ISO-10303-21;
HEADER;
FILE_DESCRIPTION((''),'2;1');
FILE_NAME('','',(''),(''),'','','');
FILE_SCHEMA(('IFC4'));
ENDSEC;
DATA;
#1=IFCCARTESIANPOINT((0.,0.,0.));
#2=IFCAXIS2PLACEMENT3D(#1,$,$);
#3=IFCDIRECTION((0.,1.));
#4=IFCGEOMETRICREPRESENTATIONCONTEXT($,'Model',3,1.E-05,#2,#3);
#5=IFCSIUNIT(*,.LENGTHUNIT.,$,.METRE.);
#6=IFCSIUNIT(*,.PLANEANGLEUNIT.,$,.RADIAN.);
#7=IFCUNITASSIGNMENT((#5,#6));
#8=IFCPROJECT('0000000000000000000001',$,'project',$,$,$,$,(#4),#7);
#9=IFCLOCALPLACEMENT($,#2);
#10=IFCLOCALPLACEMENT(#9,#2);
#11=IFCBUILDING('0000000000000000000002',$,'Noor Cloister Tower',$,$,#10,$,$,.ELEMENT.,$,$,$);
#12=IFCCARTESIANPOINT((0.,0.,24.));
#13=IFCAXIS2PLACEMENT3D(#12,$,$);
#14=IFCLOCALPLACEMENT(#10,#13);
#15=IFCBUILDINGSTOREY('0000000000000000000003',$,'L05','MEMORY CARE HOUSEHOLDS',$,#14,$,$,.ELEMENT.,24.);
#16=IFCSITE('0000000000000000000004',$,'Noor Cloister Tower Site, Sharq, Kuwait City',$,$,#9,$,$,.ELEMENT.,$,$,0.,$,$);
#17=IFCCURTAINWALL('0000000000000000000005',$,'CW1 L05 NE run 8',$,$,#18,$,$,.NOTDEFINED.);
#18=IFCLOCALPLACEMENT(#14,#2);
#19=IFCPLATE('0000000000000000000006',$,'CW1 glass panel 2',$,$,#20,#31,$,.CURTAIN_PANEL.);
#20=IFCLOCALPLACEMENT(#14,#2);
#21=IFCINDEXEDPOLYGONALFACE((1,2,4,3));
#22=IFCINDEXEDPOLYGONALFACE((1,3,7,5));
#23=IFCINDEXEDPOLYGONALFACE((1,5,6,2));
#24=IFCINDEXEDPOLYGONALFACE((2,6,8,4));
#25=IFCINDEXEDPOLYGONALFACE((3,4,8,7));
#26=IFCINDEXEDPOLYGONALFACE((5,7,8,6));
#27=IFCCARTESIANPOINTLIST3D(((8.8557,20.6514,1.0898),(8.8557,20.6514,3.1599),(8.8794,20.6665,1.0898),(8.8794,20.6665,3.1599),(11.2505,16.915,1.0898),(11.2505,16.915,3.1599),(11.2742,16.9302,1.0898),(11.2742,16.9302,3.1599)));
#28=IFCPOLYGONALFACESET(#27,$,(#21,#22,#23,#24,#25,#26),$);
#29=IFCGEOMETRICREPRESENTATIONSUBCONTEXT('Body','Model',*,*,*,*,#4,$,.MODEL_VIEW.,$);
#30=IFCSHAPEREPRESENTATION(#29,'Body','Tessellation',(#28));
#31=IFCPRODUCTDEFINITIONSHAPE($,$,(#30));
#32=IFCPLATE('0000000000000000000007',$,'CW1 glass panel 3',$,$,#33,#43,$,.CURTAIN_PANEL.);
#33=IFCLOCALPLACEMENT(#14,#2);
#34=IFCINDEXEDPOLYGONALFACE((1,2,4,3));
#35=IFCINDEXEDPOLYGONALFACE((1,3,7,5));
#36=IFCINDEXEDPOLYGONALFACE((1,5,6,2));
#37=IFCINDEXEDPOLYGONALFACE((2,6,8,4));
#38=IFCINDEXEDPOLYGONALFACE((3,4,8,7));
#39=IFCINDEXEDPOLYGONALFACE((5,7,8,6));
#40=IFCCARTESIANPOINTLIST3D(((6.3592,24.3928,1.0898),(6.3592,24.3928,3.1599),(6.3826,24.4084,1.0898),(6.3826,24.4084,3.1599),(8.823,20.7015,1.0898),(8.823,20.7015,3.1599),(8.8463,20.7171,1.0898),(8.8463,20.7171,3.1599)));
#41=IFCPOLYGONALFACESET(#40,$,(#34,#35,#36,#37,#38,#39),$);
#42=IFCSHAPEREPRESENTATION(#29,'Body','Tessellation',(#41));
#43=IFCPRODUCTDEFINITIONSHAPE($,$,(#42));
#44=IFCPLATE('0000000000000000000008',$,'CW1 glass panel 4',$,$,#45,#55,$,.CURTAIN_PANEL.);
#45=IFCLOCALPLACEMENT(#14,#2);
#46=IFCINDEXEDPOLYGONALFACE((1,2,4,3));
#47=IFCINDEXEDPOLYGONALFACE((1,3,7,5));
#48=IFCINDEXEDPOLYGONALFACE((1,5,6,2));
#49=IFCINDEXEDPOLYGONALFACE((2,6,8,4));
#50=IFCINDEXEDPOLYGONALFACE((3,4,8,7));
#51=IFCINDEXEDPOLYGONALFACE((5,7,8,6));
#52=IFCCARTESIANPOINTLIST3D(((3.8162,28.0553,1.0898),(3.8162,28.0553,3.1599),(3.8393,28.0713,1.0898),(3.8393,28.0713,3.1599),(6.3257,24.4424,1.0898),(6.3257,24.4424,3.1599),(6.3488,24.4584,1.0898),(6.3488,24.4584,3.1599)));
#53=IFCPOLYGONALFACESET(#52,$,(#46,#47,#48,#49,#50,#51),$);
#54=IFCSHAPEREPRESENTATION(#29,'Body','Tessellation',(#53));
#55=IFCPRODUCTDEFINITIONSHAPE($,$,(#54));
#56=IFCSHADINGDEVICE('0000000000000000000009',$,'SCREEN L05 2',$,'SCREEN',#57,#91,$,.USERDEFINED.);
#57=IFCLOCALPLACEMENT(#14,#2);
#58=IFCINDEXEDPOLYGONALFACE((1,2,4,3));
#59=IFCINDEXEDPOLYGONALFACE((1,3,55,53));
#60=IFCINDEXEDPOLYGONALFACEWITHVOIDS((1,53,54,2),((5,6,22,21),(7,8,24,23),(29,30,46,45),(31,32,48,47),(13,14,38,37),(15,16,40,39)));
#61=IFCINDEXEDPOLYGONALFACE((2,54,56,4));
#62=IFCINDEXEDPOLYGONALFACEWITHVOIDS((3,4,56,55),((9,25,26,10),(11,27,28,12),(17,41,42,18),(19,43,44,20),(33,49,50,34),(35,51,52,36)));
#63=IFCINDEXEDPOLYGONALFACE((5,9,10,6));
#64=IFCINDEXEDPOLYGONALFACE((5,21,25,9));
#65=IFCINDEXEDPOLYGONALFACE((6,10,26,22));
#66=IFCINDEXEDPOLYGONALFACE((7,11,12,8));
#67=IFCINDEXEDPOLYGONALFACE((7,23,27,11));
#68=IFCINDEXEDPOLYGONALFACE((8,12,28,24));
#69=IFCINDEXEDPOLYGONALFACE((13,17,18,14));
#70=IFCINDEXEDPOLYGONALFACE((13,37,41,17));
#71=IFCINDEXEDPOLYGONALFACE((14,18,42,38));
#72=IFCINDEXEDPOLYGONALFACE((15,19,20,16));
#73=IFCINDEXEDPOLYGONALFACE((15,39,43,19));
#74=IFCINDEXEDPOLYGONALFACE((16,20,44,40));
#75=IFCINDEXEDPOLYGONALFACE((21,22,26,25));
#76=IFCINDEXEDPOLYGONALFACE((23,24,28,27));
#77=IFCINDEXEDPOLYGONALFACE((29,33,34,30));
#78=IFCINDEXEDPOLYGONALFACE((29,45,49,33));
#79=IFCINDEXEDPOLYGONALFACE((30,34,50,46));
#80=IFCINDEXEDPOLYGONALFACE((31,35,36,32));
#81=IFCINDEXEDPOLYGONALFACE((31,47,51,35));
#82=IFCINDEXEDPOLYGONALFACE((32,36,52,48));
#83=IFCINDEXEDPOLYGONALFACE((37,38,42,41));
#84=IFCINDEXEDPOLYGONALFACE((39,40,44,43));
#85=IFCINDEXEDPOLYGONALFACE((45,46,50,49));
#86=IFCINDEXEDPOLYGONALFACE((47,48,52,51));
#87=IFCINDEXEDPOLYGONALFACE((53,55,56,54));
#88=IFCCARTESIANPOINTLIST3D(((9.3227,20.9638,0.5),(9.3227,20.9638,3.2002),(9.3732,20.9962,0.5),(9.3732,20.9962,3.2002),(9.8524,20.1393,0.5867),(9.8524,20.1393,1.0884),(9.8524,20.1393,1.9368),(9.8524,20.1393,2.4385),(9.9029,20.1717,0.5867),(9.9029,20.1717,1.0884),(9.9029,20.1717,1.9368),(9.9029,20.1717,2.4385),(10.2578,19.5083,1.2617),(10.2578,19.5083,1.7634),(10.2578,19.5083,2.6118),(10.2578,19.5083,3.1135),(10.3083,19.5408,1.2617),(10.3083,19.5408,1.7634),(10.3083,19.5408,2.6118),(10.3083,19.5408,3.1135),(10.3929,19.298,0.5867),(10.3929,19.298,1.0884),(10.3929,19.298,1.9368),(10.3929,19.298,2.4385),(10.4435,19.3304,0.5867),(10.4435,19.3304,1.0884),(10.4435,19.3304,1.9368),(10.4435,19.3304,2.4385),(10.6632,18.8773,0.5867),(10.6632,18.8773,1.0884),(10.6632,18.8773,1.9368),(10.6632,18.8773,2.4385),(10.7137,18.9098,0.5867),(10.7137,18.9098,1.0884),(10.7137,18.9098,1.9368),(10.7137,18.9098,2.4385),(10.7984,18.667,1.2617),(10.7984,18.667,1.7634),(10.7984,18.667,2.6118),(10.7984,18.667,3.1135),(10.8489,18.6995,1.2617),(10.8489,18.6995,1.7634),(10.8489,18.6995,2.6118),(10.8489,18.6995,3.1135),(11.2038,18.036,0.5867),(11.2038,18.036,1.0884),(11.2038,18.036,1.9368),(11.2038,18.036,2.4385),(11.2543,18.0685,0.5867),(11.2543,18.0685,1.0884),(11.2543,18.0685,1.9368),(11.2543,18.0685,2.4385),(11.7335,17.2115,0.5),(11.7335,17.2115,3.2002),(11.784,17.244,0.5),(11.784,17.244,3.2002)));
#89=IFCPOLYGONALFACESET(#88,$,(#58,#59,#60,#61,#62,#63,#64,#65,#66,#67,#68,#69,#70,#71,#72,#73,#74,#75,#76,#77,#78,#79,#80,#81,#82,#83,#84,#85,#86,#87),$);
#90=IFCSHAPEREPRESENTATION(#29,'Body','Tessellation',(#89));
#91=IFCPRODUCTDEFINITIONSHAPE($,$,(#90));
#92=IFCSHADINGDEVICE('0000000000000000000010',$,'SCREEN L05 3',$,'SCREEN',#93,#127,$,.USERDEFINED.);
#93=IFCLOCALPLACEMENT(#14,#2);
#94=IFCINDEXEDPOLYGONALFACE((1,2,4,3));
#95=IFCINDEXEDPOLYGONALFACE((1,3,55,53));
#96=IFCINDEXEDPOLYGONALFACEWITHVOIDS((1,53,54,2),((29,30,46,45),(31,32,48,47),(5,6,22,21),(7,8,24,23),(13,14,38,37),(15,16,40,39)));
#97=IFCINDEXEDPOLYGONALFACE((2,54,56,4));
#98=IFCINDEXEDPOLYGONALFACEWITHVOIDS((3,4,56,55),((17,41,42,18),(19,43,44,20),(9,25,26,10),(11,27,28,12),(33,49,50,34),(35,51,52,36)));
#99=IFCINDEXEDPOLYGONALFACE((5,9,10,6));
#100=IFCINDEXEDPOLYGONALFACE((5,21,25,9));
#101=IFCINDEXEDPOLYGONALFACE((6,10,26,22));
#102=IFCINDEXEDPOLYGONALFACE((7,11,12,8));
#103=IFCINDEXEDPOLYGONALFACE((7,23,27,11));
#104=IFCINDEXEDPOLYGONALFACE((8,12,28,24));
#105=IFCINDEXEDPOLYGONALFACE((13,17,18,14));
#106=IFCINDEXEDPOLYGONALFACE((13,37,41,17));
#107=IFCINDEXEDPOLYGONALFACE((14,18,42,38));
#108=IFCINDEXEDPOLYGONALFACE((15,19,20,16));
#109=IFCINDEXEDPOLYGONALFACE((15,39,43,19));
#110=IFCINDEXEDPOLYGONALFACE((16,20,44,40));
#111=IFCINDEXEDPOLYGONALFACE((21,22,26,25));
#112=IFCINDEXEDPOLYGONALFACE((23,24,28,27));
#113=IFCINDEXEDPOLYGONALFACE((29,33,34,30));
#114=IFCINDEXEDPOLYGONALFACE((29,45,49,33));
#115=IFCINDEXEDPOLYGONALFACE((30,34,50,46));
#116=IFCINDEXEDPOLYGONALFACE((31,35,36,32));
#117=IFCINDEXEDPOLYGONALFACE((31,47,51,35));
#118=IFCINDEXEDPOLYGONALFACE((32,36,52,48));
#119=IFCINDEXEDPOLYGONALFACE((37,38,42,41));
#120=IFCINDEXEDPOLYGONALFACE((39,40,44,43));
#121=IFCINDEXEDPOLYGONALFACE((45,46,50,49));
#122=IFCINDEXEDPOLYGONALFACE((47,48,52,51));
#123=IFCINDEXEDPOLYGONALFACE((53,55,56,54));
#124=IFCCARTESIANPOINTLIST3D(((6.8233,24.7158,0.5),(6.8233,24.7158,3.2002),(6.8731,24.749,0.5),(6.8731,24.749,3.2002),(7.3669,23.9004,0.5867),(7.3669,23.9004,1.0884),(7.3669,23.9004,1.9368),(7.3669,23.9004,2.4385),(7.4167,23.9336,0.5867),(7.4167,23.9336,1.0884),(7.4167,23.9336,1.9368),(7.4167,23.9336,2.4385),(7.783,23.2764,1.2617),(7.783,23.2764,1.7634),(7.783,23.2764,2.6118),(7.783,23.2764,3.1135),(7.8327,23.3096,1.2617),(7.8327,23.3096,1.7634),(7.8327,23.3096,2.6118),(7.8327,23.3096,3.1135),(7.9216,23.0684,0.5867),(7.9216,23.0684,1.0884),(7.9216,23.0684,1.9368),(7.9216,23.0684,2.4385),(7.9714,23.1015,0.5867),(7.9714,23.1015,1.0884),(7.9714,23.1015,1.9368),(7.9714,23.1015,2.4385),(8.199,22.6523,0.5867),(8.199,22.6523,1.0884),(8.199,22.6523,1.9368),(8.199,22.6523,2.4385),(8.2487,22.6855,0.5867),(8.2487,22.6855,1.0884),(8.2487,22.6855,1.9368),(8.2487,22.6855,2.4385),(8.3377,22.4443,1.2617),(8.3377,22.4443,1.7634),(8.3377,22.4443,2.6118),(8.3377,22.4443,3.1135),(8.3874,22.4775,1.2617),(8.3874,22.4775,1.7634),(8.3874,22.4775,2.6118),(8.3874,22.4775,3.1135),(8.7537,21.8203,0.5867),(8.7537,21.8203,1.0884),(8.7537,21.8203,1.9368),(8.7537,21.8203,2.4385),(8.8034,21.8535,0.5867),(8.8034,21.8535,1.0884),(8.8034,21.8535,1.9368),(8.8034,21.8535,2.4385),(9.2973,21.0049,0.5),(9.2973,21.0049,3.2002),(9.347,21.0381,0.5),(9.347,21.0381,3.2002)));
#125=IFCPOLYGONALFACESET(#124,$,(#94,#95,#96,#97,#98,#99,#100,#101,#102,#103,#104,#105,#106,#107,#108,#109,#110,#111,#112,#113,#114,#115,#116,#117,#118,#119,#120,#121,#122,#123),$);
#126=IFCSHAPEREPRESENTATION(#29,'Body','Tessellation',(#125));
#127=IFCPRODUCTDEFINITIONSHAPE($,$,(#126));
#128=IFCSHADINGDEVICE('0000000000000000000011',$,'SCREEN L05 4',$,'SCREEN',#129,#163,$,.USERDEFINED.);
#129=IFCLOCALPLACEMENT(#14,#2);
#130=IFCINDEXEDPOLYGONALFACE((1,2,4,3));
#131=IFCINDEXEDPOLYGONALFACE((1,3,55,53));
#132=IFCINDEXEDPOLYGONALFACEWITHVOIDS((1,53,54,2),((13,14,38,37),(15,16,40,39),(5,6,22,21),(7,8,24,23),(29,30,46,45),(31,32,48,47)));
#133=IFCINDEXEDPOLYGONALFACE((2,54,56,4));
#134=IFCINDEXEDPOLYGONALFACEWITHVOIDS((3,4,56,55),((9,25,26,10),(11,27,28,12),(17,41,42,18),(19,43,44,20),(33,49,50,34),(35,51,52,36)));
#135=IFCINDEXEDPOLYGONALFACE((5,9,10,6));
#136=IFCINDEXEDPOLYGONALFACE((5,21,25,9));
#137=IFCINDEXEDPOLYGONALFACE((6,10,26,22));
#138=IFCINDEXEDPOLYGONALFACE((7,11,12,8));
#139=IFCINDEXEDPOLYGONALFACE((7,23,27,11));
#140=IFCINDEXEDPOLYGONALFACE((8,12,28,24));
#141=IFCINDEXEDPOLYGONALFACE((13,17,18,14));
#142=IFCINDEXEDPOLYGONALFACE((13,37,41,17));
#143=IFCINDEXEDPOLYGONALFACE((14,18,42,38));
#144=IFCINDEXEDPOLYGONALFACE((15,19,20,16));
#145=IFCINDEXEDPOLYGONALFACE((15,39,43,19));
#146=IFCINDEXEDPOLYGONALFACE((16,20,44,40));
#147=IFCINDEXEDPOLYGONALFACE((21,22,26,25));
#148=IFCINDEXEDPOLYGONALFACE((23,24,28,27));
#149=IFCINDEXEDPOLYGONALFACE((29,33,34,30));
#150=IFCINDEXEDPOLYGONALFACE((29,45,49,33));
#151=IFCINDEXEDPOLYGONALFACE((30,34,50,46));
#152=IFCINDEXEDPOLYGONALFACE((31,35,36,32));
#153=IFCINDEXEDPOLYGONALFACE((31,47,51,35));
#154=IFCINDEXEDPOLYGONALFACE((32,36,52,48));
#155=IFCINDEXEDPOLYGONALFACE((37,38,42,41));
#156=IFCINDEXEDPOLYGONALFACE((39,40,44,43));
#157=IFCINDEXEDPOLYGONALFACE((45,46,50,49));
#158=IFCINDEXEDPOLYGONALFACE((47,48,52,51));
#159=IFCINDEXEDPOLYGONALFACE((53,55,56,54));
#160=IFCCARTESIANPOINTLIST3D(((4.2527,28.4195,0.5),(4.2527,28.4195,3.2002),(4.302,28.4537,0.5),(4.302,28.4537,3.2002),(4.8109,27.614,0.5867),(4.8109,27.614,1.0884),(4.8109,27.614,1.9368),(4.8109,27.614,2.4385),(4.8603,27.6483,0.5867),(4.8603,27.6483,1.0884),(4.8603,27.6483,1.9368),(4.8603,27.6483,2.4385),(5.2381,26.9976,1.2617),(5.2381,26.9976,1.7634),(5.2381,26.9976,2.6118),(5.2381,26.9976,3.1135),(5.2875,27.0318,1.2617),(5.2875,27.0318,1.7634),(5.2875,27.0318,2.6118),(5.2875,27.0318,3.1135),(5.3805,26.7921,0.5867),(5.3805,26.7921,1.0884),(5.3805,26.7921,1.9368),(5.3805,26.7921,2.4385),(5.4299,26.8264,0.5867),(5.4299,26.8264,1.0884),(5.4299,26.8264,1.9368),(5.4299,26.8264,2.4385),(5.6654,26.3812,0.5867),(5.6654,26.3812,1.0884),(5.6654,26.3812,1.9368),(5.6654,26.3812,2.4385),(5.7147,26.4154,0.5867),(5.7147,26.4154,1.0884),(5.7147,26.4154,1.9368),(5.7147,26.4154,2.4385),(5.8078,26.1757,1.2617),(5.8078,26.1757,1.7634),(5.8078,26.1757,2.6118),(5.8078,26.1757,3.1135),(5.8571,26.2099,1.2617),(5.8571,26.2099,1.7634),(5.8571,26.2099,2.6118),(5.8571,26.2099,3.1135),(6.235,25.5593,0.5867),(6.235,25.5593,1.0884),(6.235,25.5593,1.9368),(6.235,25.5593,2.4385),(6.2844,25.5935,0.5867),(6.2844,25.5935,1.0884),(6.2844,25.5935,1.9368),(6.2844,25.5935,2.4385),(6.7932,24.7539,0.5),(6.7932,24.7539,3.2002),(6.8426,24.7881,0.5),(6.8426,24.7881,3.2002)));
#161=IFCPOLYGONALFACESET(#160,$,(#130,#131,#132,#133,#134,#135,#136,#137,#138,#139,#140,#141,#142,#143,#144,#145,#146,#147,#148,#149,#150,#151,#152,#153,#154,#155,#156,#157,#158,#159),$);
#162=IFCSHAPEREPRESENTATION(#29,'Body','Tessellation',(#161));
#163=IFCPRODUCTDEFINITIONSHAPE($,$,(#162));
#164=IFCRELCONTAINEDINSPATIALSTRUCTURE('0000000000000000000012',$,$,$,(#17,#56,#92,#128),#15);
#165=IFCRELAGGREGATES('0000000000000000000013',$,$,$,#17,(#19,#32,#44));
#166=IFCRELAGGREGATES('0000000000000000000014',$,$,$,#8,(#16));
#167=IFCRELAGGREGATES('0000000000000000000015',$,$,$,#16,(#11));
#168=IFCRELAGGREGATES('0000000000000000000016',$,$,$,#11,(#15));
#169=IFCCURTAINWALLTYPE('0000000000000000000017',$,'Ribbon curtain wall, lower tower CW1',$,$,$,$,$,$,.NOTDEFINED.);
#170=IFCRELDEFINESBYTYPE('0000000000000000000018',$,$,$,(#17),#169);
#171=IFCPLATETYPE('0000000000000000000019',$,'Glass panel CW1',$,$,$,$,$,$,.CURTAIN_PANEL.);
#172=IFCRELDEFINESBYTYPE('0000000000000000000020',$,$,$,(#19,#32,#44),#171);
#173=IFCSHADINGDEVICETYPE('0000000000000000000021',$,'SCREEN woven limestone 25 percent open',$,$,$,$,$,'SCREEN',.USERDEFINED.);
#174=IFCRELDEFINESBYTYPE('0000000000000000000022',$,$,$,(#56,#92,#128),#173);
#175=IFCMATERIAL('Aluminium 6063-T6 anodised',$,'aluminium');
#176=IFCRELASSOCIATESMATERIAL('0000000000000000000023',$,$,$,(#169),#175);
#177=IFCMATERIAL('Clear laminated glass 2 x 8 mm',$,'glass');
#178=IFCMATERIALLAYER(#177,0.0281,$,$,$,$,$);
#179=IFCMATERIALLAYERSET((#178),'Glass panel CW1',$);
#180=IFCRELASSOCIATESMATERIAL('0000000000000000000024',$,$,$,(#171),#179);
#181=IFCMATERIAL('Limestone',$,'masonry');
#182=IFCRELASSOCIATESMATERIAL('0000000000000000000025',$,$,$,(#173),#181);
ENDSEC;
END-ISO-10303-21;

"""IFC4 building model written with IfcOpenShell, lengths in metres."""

from ifc_helpers import new_model, si_unit, direction, frame, origin, origin_2d, place, context, subcontext, project, spatial, polyline, rectangle, outline, extrude, material, layer, layer_set, material_profile, profile_set, type_object, element, aggregate, save


model = new_model("IFC4")

# Units and contexts
model_context = context("Model", 3, precision=1e-05, world=origin(), true_north=direction((0.0, 1.0)))
body_context = subcontext(model_context, "Body", "Model", "MODEL_VIEW")
ifc_project = project(units=[si_unit("LENGTHUNIT", "METRE"), si_unit("PLANEANGLEUNIT", "RADIAN")], contexts=[model_context])

# Site, building, storey
site_placement = place(None, origin())
site = spatial("IfcSite", under=ifc_project, at=site_placement, Name="Noor Cloister Tower Site, Sharq, Kuwait City", CompositionType="ELEMENT", RefElevation=0.0)
building_placement = place(site_placement, origin())
building = spatial("IfcBuilding", under=site, at=building_placement, Name="Noor Cloister Tower", CompositionType="ELEMENT")
storey_placement = place(building_placement, frame((0.0, 0.0, 24.0)))
storey = spatial("IfcBuildingStorey", under=building, at=storey_placement, Name="L05", Description="MEMORY CARE HOUSEHOLDS", CompositionType="ELEMENT", Elevation=24.0)

# Curtain wall
ifc_material_1 = material(Name="Aluminium 6063-T6 anodised", Category="aluminium")
curtain_wall_type = type_object("IfcCurtainWallType", Name="Ribbon curtain wall, lower tower CW1", PredefinedType="NOTDEFINED", material=ifc_material_1)
curtain_wall_placement = place(storey_placement, origin())
curtain_wall = element("IfcCurtainWall", 1, at=curtain_wall_placement, inside=storey, type_object=curtain_wall_type, Name="CW1 L05 NE run 8", PredefinedType="NOTDEFINED")

# Plates
ifc_material_2 = material(Name="Clear laminated glass 2 x 8 mm", Category="glass")
ifc_layer = layer(ifc_material_2, 0.0281)
ifc_layer_set = layer_set([ifc_layer], Name="Glass panel CW1")
plate_type = type_object("IfcPlateType", Name="Glass panel CW1", PredefinedType="CURTAIN_PANEL", material=ifc_layer_set)
plate_1_placement = place(storey_placement, frame((10.0649, 18.7908, 1.0898), z_axis=(0.0, 0.0, 1.0), x_axis=(-0.539618, 0.84191, 0.0)))
plate_1 = element("IfcPlate", 2, at=plate_1_placement, type_object=plate_type, Name="CW1 glass panel 2", PredefinedType="CURTAIN_PANEL", context=body_context, shape_type="SweptSolid", body=[
    extrude(rectangle(XDim=4.438, YDim=0.0281, at=origin_2d()), origin(), (0.0, 0.0, 1.0), 2.0701),
])
plate_2_placement = place(storey_placement, frame((7.6028, 22.5549, 1.0898), z_axis=(0.0, 0.0, 1.0), x_axis=(-0.555145, 0.831754, 0.0)))
plate_2 = element("IfcPlate", 3, at=plate_2_placement, type_object=plate_type, Name="CW1 glass panel 3", PredefinedType="CURTAIN_PANEL", context=body_context, shape_type="SweptSolid", body=[
    extrude(rectangle(XDim=4.438, YDim=0.0281, at=origin_2d()), origin(), (0.0, 0.0, 1.0), 2.0701),
])
plate_3_placement = place(storey_placement, frame((5.0825, 26.2568, 1.0898), z_axis=(0.0, 0.0, 1.0), x_axis=(-0.570481, 0.821311, 0.0)))
plate_3 = element("IfcPlate", 4, at=plate_3_placement, type_object=plate_type, Name="CW1 glass panel 4", PredefinedType="CURTAIN_PANEL", context=body_context, shape_type="SweptSolid", body=[
    extrude(rectangle(XDim=4.3989, YDim=0.0281, at=origin_2d()), origin(), (0.0, 0.0, 1.0), 2.0701),
])
aggregate(curtain_wall, [plate_1, plate_2, plate_3])

# Shading devices
ifc_material_3 = material(Name="Limestone", Category="masonry")
ifc_material_profile_1 = material_profile(ifc_material_3, outline(polyline([(-2.23, -1.3501), (2.23, -1.3501), (2.23, 1.3501), (-2.23, 1.3501), (-2.23, -1.3501)]), holes=[polyline([(-1.25, -1.2634), (-0.25, -1.2634), (-0.25, -0.7617), (-1.25, -0.7617), (-1.25, -1.2634)]), polyline([(0.25, -1.2634), (1.25, -1.2634), (1.25, -0.7617), (0.25, -0.7617), (0.25, -1.2634)]), polyline([(-0.5, -0.5884), (0.5, -0.5884), (0.5, -0.0867), (-0.5, -0.0867), (-0.5, -0.5884)]), polyline([(-1.25, 0.0867), (-0.25, 0.0867), (-0.25, 0.5884), (-1.25, 0.5884), (-1.25, 0.0867)]), polyline([(0.25, 0.0867), (1.25, 0.0867), (1.25, 0.5884), (0.25, 0.5884), (0.25, 0.0867)]), polyline([(-0.5, 0.7617), (0.5, 0.7617), (0.5, 1.2634), (-0.5, 1.2634), (-0.5, 0.7617)])]), Name="Woven screen 25 percent open")
ifc_profile_set_1 = profile_set([ifc_material_profile_1], Name="Limestone")
shading_device_type = type_object("IfcShadingDeviceType", Name="SCREEN woven limestone 25 percent open", ElementType="SCREEN", PredefinedType="USERDEFINED", material=ifc_profile_set_1)
shading_device_1_placement = place(storey_placement, frame((10.5281, 19.0876, 1.8501), z_axis=(0.841311, 0.540552, 0.0), x_axis=(-0.540552, 0.841311, 0.0)))
element("IfcShadingDevice", 5, at=shading_device_1_placement, inside=storey, type_object=shading_device_type, Name="SCREEN L05 2", ObjectType="SCREEN", PredefinedType="USERDEFINED", context=body_context, shape_type="SweptSolid", body=[
    extrude(outline(polyline([(-2.23, -1.3501), (2.23, -1.3501), (2.23, 1.3501), (-2.23, 1.3501), (-2.23, -1.3501)]), holes=[polyline([(-1.25, -1.2634), (-0.25, -1.2634), (-0.25, -0.7617), (-1.25, -0.7617), (-1.25, -1.2634)]), polyline([(0.25, -1.2634), (1.25, -1.2634), (1.25, -0.7617), (0.25, -0.7617), (0.25, -1.2634)]), polyline([(-0.5, -0.5884), (0.5, -0.5884), (0.5, -0.0867), (-0.5, -0.0867), (-0.5, -0.5884)]), polyline([(-1.25, 0.0867), (-0.25, 0.0867), (-0.25, 0.5884), (-1.25, 0.5884), (-1.25, 0.0867)]), polyline([(0.25, 0.0867), (1.25, 0.0867), (1.25, 0.5884), (0.25, 0.5884), (0.25, 0.0867)]), polyline([(-0.5, 0.7617), (0.5, 0.7617), (0.5, 1.2634), (-0.5, 1.2634), (-0.5, 0.7617)])]), origin(), (0.0, 0.0, 1.0), 0.0601),
])
shading_device_2_placement = place(storey_placement, frame((8.0603, 22.8604, 1.8501), z_axis=(0.83205, 0.5547, 0.0), x_axis=(-0.5547, 0.83205, 0.0)))
element("IfcShadingDevice", 6, at=shading_device_2_placement, inside=storey, type_object=shading_device_type, Name="SCREEN L05 3", ObjectType="SCREEN", PredefinedType="USERDEFINED", context=body_context, shape_type="SweptSolid", body=[
    extrude(outline(polyline([(-2.23, -1.3501), (2.23, -1.3501), (2.23, 1.3501), (-2.23, 1.3501), (-2.23, -1.3501)]), holes=[polyline([(-1.25, -1.2634), (-0.25, -1.2634), (-0.25, -0.7617), (-1.25, -0.7617), (-1.25, -1.2634)]), polyline([(0.25, -1.2634), (1.25, -1.2634), (1.25, -0.7617), (0.25, -0.7617), (0.25, -1.2634)]), polyline([(-0.5, -0.5884), (0.5, -0.5884), (0.5, -0.0867), (-0.5, -0.0867), (-0.5, -0.5884)]), polyline([(-1.25, 0.0867), (-0.25, 0.0867), (-0.25, 0.5884), (-1.25, 0.5884), (-1.25, 0.0867)]), polyline([(0.25, 0.0867), (1.25, 0.0867), (1.25, 0.5884), (0.25, 0.5884), (0.25, 0.0867)]), polyline([(-0.5, 0.7617), (0.5, 0.7617), (0.5, 1.2634), (-0.5, 1.2634), (-0.5, 0.7617)])]), origin(), (0.0, 0.0, 1.0), 0.0598),
])
shading_device_3_placement = place(storey_placement, frame((5.5229, 26.5867, 1.8501), z_axis=(0.821899, 0.569633, 0.0), x_axis=(-0.569633, 0.821899, 0.0)))
element("IfcShadingDevice", 7, at=shading_device_3_placement, inside=storey, type_object=shading_device_type, Name="SCREEN L05 4", ObjectType="SCREEN", PredefinedType="USERDEFINED", context=body_context, shape_type="SweptSolid", body=[
    extrude(outline(polyline([(-2.23, -1.3501), (2.23, -1.3501), (2.23, 1.3501), (-2.23, 1.3501), (-2.23, -1.3501)]), holes=[polyline([(-1.25, -1.2634), (-0.25, -1.2634), (-0.25, -0.7617), (-1.25, -0.7617), (-1.25, -1.2634)]), polyline([(0.25, -1.2634), (1.25, -1.2634), (1.25, -0.7617), (0.25, -0.7617), (0.25, -1.2634)]), polyline([(-0.5, -0.5884), (0.5, -0.5884), (0.5, -0.0867), (-0.5, -0.0867), (-0.5, -0.5884)]), polyline([(-1.25, 0.0867), (-0.25, 0.0867), (-0.25, 0.5884), (-1.25, 0.5884), (-1.25, 0.0867)]), polyline([(0.25, 0.0867), (1.25, 0.0867), (1.25, 0.5884), (0.25, 0.5884), (0.25, 0.0867)]), polyline([(-0.5, 0.7617), (0.5, 0.7617), (0.5, 1.2634), (-0.5, 1.2634), (-0.5, 0.7617)])]), origin(), (0.0, 0.0, 1.0), 0.0601),
])

save(model, "model.ifc")
